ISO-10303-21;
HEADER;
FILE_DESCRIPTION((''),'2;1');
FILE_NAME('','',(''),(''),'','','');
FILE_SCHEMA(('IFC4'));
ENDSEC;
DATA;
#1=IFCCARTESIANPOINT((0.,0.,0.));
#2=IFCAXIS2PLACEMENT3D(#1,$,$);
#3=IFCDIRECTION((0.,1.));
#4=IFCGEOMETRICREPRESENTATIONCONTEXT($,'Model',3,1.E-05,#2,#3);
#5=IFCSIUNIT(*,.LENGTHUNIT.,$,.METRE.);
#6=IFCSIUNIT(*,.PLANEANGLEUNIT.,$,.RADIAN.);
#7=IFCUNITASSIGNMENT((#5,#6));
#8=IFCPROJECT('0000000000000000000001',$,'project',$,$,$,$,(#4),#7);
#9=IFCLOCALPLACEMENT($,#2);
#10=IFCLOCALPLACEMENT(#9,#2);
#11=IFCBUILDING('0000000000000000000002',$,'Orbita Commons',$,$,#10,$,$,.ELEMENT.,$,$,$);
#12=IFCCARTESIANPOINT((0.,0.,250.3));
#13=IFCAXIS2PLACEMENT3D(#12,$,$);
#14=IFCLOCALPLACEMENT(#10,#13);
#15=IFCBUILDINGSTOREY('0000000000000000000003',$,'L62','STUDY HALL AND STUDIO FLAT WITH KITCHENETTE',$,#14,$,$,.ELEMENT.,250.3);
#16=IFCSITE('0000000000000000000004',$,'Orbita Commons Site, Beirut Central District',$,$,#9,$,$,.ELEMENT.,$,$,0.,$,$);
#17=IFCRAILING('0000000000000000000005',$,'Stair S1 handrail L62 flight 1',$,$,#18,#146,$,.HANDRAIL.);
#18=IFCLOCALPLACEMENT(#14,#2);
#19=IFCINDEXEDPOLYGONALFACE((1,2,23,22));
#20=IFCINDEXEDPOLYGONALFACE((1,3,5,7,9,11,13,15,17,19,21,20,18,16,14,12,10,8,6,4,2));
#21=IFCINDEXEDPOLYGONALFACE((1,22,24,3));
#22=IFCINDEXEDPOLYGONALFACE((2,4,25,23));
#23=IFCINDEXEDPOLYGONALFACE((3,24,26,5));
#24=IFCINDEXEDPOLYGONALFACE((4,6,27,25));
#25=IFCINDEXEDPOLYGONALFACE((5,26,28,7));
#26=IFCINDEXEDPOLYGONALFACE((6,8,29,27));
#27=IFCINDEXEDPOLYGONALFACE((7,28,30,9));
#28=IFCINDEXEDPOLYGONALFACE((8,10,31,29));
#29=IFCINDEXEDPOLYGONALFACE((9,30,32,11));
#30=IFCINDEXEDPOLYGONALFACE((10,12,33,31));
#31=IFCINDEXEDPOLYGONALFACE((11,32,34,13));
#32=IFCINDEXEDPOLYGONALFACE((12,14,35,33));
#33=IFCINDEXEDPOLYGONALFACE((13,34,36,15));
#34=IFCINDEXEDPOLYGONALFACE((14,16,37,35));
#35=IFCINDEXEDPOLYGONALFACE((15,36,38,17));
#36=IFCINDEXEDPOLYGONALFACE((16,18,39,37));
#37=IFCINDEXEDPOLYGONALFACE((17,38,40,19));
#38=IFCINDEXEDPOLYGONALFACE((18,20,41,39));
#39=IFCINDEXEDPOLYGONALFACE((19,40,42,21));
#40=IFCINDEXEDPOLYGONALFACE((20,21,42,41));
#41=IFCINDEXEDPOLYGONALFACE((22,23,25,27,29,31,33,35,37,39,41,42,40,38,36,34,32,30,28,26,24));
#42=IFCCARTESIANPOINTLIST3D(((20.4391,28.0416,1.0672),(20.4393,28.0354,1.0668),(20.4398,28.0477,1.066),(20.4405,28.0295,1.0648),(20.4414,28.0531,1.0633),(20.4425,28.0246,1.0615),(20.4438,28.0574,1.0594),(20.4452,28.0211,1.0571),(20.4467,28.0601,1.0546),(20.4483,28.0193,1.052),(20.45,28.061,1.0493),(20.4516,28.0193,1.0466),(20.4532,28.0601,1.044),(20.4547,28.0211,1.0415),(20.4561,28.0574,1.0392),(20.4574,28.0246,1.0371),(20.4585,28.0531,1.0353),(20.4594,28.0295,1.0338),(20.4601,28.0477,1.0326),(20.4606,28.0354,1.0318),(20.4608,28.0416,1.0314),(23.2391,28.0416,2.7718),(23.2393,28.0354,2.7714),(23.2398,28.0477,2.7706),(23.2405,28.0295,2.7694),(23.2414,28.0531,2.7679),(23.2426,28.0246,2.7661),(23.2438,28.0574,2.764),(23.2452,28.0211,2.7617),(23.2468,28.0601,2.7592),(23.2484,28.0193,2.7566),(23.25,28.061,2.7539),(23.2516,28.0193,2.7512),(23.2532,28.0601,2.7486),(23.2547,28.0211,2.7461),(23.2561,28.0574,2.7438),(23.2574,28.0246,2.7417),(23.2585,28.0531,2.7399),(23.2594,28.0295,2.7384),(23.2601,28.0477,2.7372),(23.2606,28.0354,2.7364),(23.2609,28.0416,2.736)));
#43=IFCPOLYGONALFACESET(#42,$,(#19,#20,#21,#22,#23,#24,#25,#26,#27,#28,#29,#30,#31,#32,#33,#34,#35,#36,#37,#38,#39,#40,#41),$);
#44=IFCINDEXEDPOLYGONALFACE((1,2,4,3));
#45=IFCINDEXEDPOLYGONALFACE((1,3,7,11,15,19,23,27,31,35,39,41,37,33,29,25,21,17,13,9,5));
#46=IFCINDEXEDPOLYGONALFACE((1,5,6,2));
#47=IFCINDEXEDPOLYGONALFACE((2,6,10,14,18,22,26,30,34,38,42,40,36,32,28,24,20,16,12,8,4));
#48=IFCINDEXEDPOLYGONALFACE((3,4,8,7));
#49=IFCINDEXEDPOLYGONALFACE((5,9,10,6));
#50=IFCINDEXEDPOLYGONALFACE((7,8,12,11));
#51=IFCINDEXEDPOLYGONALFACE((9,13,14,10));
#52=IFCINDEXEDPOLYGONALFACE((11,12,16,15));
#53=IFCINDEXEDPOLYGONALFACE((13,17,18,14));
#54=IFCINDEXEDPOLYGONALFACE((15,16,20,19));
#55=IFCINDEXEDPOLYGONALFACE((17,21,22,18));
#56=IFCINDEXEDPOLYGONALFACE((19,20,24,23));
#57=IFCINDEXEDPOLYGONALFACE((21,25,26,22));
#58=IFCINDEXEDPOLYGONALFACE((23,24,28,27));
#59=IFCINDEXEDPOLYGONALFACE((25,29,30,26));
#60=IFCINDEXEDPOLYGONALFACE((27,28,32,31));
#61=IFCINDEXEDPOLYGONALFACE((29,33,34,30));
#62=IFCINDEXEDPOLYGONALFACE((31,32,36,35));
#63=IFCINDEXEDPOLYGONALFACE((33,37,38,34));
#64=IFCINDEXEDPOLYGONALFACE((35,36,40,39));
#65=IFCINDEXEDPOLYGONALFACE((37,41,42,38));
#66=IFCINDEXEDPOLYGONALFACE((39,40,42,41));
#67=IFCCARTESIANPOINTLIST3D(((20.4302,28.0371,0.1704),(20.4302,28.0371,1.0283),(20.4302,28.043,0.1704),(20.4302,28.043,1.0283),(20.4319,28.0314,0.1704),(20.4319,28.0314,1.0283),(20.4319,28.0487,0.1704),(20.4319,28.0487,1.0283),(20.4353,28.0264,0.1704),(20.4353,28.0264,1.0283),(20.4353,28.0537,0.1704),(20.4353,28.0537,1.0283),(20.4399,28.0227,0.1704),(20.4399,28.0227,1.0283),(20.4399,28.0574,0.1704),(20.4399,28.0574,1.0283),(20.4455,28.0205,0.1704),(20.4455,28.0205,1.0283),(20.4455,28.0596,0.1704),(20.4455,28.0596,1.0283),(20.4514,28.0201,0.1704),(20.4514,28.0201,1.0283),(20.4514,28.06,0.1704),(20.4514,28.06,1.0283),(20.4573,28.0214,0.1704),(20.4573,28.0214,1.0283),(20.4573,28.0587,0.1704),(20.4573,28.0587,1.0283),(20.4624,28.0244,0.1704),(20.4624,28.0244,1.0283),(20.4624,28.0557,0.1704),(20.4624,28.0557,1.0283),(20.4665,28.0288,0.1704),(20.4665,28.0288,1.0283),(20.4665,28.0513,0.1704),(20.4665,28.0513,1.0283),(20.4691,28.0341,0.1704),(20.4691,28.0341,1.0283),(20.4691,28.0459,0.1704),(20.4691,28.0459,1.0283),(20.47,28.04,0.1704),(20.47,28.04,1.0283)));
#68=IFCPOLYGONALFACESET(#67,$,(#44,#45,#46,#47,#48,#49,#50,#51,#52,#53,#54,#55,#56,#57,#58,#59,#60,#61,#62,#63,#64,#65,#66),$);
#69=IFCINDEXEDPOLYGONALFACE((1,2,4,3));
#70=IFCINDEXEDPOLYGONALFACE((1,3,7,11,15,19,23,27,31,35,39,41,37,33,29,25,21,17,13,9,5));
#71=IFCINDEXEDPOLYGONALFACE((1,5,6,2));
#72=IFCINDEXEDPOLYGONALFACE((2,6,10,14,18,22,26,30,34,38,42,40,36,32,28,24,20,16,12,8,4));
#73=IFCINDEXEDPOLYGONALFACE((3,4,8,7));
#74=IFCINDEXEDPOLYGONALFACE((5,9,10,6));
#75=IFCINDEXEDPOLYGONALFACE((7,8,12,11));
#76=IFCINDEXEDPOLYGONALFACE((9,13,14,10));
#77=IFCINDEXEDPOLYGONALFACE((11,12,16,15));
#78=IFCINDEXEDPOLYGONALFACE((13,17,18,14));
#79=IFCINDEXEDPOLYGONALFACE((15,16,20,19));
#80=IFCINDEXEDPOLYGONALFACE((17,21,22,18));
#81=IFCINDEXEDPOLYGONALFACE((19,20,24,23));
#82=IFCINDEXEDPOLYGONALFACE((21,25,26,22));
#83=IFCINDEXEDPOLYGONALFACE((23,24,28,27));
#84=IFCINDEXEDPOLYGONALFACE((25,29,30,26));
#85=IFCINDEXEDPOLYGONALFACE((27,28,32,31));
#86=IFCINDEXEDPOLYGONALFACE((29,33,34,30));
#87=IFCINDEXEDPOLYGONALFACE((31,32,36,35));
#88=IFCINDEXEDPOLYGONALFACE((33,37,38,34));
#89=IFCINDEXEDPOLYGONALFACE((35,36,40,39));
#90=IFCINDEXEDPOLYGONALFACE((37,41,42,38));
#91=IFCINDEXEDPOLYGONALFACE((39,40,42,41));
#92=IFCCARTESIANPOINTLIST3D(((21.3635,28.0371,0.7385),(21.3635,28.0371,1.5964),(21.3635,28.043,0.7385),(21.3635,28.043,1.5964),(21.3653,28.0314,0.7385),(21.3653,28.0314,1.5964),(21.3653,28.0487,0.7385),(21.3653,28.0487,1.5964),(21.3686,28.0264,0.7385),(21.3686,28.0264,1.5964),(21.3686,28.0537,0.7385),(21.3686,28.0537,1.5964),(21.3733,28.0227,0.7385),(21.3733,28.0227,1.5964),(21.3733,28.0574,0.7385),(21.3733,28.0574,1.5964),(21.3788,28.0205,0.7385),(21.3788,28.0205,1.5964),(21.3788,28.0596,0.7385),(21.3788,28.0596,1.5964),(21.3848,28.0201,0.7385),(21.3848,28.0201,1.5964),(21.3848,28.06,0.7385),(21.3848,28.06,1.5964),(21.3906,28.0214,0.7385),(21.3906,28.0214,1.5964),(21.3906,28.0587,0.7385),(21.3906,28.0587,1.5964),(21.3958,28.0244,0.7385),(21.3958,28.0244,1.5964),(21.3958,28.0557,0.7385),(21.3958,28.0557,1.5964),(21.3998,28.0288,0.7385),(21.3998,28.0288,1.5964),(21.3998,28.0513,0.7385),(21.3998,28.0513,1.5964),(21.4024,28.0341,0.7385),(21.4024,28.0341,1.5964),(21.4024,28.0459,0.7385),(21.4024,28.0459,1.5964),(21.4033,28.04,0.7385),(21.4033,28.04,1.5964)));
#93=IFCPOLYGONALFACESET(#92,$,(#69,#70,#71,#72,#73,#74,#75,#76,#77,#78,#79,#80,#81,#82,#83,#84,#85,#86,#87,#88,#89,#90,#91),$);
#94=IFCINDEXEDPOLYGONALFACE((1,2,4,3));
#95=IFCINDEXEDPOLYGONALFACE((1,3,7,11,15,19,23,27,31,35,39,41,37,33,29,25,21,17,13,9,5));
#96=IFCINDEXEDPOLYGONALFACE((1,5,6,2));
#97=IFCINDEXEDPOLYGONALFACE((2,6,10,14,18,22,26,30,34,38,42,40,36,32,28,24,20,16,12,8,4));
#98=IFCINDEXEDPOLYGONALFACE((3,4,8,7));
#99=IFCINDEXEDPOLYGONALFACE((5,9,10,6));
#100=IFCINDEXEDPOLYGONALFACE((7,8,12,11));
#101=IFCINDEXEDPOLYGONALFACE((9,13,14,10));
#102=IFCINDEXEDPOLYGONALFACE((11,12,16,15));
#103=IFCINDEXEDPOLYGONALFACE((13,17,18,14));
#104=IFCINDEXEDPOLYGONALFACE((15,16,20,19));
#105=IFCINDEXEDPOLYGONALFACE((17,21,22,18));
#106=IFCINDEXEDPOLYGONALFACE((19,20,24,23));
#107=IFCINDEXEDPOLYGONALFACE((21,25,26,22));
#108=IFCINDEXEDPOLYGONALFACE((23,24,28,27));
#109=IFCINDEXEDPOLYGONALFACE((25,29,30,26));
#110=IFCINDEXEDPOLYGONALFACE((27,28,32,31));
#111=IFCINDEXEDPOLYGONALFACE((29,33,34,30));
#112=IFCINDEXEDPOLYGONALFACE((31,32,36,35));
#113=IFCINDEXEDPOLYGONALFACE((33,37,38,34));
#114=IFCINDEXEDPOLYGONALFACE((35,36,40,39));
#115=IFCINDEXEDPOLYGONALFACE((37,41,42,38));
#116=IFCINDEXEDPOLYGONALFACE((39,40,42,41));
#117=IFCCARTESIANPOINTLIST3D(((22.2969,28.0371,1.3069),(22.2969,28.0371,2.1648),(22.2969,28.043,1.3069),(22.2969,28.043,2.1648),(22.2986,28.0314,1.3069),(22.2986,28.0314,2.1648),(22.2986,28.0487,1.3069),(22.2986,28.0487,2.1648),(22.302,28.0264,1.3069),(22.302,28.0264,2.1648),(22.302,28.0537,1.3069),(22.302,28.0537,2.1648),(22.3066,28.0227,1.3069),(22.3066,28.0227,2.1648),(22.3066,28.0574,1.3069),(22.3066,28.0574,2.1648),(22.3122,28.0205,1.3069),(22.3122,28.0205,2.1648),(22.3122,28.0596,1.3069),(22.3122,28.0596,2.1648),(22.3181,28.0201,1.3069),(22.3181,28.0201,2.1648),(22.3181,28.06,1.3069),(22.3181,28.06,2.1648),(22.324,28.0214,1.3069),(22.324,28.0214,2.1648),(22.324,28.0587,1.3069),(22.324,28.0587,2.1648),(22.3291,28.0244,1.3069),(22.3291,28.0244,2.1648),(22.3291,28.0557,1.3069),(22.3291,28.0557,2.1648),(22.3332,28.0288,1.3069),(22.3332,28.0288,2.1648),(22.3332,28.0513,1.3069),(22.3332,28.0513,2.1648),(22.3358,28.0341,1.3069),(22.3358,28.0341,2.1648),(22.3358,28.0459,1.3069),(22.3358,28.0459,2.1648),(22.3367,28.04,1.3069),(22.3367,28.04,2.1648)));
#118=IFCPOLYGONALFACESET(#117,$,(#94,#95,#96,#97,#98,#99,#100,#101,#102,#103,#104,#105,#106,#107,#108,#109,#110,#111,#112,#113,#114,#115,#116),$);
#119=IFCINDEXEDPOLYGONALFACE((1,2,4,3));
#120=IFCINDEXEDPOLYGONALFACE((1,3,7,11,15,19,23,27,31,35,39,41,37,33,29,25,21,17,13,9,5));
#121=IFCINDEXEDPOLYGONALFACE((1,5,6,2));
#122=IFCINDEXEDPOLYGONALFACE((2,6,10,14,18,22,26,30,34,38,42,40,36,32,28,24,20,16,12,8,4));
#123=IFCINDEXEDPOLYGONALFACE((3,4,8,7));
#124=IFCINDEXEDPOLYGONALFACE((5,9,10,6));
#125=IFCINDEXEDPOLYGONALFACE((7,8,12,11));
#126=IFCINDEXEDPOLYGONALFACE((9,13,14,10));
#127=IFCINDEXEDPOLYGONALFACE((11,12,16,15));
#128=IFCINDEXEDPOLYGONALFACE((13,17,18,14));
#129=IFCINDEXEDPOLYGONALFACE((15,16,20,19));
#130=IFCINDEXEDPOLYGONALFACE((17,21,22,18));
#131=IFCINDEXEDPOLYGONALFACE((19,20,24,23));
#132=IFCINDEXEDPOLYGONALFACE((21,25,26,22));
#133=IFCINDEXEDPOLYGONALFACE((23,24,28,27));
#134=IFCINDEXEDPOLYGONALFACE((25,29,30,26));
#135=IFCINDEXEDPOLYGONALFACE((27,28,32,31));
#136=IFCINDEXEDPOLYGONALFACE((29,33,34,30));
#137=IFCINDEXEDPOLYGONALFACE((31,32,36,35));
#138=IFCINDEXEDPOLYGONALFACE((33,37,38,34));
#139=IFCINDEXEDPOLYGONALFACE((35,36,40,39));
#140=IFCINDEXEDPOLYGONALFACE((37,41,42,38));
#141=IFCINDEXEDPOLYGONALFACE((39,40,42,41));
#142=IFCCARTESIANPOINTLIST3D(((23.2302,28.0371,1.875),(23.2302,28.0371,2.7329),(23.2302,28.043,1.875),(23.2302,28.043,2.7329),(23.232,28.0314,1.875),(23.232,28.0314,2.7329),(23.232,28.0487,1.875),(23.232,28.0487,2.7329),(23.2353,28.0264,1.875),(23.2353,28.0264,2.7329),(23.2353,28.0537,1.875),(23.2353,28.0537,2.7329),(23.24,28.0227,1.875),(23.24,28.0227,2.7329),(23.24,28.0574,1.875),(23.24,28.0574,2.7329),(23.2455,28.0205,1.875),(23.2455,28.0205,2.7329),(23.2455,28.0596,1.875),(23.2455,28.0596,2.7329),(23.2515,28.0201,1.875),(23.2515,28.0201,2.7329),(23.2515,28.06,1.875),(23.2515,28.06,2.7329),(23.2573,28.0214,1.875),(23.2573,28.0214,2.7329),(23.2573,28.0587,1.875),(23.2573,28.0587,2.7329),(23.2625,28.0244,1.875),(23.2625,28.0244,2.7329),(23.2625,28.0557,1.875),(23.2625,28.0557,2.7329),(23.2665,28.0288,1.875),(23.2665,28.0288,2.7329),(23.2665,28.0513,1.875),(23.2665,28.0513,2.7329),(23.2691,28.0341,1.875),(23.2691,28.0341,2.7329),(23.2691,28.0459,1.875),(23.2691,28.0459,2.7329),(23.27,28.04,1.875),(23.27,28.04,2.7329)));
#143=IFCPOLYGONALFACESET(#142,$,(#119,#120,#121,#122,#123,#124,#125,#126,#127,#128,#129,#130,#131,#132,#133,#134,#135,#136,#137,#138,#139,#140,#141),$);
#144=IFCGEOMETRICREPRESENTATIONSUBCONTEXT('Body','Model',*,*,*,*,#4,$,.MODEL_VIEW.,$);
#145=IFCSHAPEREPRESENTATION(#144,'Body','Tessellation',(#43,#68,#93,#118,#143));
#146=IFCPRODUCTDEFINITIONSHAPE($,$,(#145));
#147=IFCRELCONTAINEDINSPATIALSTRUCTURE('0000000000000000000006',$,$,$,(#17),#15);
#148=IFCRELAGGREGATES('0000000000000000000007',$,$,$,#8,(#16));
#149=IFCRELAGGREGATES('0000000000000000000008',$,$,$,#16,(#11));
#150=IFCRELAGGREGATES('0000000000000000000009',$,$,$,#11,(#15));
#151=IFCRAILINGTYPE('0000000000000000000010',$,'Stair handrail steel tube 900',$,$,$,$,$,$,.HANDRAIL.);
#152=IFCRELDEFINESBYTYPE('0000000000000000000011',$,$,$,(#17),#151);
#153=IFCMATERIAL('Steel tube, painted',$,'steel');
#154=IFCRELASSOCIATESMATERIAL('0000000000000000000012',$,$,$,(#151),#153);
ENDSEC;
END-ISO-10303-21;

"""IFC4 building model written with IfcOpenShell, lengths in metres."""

from ifc_helpers import new_model, si_unit, direction, frame, origin, origin_2d, place, context, subcontext, project, spatial, circle, extrude, material, type_object, element, save


model = new_model("IFC4")

# Units and contexts
model_context = context("Model", 3, precision=1e-05, world=origin(), true_north=direction((0.0, 1.0)))
body_context = subcontext(model_context, "Body", "Model", "MODEL_VIEW")
ifc_project = project(units=[si_unit("LENGTHUNIT", "METRE"), si_unit("PLANEANGLEUNIT", "RADIAN")], contexts=[model_context])

# Site, building, storey
site_placement = place(None, origin())
site = spatial("IfcSite", under=ifc_project, at=site_placement, Name="Orbita Commons Site, Beirut Central District", CompositionType="ELEMENT", RefElevation=0.0)
building_placement = place(site_placement, origin())
building = spatial("IfcBuilding", under=site, at=building_placement, Name="Orbita Commons", CompositionType="ELEMENT")
storey_placement = place(building_placement, frame((0.0, 0.0, 250.3)))
storey = spatial("IfcBuildingStorey", under=building, at=storey_placement, Name="L62", Description="STUDY HALL AND STUDIO FLAT WITH KITCHENETTE", CompositionType="ELEMENT", Elevation=250.3)

# Railing
ifc_material_1 = material(Name="Steel tube, painted", Category="steel")
railing_type = type_object("IfcRailingType", Name="Stair handrail steel tube 900", PredefinedType="HANDRAIL", material=ifc_material_1)
for number, where, name in (
    (1, (20.45, 28.04, 0.1704), "Stair S1 handrail L62 flight 1"),
):
    element("IfcRailing", number, at=place(storey_placement, frame(where)), inside=storey, type_object=railing_type, Name=name, PredefinedType="HANDRAIL", context=body_context, shape_type="SweptSolid", body=[
        extrude(circle(Radius=0.021, at=origin_2d()), frame((0.0, 0.0, 0.8789), z_axis=(0.85417, 0.0, 0.519994), x_axis=(0.0, 1.0, 0.0)), (0.0, 0.0, 1.0), 3.2781),
        extrude(circle(Radius=0.02, at=origin_2d()), origin(), (0.0, 0.0, 1.0), 0.8579),
        extrude(circle(Radius=0.02, at=origin_2d()), frame((0.9333, 0.0, 0.5681)), (0.0, 0.0, 1.0), 0.8579),
        extrude(circle(Radius=0.02, at=origin_2d()), frame((1.8667, 0.0, 1.1365)), (0.0, 0.0, 1.0), 0.8579),
        extrude(circle(Radius=0.02, at=origin_2d()), frame((2.8, 0.0, 1.7046)), (0.0, 0.0, 1.0), 0.8579),
    ])

save(model, "model.ifc")
